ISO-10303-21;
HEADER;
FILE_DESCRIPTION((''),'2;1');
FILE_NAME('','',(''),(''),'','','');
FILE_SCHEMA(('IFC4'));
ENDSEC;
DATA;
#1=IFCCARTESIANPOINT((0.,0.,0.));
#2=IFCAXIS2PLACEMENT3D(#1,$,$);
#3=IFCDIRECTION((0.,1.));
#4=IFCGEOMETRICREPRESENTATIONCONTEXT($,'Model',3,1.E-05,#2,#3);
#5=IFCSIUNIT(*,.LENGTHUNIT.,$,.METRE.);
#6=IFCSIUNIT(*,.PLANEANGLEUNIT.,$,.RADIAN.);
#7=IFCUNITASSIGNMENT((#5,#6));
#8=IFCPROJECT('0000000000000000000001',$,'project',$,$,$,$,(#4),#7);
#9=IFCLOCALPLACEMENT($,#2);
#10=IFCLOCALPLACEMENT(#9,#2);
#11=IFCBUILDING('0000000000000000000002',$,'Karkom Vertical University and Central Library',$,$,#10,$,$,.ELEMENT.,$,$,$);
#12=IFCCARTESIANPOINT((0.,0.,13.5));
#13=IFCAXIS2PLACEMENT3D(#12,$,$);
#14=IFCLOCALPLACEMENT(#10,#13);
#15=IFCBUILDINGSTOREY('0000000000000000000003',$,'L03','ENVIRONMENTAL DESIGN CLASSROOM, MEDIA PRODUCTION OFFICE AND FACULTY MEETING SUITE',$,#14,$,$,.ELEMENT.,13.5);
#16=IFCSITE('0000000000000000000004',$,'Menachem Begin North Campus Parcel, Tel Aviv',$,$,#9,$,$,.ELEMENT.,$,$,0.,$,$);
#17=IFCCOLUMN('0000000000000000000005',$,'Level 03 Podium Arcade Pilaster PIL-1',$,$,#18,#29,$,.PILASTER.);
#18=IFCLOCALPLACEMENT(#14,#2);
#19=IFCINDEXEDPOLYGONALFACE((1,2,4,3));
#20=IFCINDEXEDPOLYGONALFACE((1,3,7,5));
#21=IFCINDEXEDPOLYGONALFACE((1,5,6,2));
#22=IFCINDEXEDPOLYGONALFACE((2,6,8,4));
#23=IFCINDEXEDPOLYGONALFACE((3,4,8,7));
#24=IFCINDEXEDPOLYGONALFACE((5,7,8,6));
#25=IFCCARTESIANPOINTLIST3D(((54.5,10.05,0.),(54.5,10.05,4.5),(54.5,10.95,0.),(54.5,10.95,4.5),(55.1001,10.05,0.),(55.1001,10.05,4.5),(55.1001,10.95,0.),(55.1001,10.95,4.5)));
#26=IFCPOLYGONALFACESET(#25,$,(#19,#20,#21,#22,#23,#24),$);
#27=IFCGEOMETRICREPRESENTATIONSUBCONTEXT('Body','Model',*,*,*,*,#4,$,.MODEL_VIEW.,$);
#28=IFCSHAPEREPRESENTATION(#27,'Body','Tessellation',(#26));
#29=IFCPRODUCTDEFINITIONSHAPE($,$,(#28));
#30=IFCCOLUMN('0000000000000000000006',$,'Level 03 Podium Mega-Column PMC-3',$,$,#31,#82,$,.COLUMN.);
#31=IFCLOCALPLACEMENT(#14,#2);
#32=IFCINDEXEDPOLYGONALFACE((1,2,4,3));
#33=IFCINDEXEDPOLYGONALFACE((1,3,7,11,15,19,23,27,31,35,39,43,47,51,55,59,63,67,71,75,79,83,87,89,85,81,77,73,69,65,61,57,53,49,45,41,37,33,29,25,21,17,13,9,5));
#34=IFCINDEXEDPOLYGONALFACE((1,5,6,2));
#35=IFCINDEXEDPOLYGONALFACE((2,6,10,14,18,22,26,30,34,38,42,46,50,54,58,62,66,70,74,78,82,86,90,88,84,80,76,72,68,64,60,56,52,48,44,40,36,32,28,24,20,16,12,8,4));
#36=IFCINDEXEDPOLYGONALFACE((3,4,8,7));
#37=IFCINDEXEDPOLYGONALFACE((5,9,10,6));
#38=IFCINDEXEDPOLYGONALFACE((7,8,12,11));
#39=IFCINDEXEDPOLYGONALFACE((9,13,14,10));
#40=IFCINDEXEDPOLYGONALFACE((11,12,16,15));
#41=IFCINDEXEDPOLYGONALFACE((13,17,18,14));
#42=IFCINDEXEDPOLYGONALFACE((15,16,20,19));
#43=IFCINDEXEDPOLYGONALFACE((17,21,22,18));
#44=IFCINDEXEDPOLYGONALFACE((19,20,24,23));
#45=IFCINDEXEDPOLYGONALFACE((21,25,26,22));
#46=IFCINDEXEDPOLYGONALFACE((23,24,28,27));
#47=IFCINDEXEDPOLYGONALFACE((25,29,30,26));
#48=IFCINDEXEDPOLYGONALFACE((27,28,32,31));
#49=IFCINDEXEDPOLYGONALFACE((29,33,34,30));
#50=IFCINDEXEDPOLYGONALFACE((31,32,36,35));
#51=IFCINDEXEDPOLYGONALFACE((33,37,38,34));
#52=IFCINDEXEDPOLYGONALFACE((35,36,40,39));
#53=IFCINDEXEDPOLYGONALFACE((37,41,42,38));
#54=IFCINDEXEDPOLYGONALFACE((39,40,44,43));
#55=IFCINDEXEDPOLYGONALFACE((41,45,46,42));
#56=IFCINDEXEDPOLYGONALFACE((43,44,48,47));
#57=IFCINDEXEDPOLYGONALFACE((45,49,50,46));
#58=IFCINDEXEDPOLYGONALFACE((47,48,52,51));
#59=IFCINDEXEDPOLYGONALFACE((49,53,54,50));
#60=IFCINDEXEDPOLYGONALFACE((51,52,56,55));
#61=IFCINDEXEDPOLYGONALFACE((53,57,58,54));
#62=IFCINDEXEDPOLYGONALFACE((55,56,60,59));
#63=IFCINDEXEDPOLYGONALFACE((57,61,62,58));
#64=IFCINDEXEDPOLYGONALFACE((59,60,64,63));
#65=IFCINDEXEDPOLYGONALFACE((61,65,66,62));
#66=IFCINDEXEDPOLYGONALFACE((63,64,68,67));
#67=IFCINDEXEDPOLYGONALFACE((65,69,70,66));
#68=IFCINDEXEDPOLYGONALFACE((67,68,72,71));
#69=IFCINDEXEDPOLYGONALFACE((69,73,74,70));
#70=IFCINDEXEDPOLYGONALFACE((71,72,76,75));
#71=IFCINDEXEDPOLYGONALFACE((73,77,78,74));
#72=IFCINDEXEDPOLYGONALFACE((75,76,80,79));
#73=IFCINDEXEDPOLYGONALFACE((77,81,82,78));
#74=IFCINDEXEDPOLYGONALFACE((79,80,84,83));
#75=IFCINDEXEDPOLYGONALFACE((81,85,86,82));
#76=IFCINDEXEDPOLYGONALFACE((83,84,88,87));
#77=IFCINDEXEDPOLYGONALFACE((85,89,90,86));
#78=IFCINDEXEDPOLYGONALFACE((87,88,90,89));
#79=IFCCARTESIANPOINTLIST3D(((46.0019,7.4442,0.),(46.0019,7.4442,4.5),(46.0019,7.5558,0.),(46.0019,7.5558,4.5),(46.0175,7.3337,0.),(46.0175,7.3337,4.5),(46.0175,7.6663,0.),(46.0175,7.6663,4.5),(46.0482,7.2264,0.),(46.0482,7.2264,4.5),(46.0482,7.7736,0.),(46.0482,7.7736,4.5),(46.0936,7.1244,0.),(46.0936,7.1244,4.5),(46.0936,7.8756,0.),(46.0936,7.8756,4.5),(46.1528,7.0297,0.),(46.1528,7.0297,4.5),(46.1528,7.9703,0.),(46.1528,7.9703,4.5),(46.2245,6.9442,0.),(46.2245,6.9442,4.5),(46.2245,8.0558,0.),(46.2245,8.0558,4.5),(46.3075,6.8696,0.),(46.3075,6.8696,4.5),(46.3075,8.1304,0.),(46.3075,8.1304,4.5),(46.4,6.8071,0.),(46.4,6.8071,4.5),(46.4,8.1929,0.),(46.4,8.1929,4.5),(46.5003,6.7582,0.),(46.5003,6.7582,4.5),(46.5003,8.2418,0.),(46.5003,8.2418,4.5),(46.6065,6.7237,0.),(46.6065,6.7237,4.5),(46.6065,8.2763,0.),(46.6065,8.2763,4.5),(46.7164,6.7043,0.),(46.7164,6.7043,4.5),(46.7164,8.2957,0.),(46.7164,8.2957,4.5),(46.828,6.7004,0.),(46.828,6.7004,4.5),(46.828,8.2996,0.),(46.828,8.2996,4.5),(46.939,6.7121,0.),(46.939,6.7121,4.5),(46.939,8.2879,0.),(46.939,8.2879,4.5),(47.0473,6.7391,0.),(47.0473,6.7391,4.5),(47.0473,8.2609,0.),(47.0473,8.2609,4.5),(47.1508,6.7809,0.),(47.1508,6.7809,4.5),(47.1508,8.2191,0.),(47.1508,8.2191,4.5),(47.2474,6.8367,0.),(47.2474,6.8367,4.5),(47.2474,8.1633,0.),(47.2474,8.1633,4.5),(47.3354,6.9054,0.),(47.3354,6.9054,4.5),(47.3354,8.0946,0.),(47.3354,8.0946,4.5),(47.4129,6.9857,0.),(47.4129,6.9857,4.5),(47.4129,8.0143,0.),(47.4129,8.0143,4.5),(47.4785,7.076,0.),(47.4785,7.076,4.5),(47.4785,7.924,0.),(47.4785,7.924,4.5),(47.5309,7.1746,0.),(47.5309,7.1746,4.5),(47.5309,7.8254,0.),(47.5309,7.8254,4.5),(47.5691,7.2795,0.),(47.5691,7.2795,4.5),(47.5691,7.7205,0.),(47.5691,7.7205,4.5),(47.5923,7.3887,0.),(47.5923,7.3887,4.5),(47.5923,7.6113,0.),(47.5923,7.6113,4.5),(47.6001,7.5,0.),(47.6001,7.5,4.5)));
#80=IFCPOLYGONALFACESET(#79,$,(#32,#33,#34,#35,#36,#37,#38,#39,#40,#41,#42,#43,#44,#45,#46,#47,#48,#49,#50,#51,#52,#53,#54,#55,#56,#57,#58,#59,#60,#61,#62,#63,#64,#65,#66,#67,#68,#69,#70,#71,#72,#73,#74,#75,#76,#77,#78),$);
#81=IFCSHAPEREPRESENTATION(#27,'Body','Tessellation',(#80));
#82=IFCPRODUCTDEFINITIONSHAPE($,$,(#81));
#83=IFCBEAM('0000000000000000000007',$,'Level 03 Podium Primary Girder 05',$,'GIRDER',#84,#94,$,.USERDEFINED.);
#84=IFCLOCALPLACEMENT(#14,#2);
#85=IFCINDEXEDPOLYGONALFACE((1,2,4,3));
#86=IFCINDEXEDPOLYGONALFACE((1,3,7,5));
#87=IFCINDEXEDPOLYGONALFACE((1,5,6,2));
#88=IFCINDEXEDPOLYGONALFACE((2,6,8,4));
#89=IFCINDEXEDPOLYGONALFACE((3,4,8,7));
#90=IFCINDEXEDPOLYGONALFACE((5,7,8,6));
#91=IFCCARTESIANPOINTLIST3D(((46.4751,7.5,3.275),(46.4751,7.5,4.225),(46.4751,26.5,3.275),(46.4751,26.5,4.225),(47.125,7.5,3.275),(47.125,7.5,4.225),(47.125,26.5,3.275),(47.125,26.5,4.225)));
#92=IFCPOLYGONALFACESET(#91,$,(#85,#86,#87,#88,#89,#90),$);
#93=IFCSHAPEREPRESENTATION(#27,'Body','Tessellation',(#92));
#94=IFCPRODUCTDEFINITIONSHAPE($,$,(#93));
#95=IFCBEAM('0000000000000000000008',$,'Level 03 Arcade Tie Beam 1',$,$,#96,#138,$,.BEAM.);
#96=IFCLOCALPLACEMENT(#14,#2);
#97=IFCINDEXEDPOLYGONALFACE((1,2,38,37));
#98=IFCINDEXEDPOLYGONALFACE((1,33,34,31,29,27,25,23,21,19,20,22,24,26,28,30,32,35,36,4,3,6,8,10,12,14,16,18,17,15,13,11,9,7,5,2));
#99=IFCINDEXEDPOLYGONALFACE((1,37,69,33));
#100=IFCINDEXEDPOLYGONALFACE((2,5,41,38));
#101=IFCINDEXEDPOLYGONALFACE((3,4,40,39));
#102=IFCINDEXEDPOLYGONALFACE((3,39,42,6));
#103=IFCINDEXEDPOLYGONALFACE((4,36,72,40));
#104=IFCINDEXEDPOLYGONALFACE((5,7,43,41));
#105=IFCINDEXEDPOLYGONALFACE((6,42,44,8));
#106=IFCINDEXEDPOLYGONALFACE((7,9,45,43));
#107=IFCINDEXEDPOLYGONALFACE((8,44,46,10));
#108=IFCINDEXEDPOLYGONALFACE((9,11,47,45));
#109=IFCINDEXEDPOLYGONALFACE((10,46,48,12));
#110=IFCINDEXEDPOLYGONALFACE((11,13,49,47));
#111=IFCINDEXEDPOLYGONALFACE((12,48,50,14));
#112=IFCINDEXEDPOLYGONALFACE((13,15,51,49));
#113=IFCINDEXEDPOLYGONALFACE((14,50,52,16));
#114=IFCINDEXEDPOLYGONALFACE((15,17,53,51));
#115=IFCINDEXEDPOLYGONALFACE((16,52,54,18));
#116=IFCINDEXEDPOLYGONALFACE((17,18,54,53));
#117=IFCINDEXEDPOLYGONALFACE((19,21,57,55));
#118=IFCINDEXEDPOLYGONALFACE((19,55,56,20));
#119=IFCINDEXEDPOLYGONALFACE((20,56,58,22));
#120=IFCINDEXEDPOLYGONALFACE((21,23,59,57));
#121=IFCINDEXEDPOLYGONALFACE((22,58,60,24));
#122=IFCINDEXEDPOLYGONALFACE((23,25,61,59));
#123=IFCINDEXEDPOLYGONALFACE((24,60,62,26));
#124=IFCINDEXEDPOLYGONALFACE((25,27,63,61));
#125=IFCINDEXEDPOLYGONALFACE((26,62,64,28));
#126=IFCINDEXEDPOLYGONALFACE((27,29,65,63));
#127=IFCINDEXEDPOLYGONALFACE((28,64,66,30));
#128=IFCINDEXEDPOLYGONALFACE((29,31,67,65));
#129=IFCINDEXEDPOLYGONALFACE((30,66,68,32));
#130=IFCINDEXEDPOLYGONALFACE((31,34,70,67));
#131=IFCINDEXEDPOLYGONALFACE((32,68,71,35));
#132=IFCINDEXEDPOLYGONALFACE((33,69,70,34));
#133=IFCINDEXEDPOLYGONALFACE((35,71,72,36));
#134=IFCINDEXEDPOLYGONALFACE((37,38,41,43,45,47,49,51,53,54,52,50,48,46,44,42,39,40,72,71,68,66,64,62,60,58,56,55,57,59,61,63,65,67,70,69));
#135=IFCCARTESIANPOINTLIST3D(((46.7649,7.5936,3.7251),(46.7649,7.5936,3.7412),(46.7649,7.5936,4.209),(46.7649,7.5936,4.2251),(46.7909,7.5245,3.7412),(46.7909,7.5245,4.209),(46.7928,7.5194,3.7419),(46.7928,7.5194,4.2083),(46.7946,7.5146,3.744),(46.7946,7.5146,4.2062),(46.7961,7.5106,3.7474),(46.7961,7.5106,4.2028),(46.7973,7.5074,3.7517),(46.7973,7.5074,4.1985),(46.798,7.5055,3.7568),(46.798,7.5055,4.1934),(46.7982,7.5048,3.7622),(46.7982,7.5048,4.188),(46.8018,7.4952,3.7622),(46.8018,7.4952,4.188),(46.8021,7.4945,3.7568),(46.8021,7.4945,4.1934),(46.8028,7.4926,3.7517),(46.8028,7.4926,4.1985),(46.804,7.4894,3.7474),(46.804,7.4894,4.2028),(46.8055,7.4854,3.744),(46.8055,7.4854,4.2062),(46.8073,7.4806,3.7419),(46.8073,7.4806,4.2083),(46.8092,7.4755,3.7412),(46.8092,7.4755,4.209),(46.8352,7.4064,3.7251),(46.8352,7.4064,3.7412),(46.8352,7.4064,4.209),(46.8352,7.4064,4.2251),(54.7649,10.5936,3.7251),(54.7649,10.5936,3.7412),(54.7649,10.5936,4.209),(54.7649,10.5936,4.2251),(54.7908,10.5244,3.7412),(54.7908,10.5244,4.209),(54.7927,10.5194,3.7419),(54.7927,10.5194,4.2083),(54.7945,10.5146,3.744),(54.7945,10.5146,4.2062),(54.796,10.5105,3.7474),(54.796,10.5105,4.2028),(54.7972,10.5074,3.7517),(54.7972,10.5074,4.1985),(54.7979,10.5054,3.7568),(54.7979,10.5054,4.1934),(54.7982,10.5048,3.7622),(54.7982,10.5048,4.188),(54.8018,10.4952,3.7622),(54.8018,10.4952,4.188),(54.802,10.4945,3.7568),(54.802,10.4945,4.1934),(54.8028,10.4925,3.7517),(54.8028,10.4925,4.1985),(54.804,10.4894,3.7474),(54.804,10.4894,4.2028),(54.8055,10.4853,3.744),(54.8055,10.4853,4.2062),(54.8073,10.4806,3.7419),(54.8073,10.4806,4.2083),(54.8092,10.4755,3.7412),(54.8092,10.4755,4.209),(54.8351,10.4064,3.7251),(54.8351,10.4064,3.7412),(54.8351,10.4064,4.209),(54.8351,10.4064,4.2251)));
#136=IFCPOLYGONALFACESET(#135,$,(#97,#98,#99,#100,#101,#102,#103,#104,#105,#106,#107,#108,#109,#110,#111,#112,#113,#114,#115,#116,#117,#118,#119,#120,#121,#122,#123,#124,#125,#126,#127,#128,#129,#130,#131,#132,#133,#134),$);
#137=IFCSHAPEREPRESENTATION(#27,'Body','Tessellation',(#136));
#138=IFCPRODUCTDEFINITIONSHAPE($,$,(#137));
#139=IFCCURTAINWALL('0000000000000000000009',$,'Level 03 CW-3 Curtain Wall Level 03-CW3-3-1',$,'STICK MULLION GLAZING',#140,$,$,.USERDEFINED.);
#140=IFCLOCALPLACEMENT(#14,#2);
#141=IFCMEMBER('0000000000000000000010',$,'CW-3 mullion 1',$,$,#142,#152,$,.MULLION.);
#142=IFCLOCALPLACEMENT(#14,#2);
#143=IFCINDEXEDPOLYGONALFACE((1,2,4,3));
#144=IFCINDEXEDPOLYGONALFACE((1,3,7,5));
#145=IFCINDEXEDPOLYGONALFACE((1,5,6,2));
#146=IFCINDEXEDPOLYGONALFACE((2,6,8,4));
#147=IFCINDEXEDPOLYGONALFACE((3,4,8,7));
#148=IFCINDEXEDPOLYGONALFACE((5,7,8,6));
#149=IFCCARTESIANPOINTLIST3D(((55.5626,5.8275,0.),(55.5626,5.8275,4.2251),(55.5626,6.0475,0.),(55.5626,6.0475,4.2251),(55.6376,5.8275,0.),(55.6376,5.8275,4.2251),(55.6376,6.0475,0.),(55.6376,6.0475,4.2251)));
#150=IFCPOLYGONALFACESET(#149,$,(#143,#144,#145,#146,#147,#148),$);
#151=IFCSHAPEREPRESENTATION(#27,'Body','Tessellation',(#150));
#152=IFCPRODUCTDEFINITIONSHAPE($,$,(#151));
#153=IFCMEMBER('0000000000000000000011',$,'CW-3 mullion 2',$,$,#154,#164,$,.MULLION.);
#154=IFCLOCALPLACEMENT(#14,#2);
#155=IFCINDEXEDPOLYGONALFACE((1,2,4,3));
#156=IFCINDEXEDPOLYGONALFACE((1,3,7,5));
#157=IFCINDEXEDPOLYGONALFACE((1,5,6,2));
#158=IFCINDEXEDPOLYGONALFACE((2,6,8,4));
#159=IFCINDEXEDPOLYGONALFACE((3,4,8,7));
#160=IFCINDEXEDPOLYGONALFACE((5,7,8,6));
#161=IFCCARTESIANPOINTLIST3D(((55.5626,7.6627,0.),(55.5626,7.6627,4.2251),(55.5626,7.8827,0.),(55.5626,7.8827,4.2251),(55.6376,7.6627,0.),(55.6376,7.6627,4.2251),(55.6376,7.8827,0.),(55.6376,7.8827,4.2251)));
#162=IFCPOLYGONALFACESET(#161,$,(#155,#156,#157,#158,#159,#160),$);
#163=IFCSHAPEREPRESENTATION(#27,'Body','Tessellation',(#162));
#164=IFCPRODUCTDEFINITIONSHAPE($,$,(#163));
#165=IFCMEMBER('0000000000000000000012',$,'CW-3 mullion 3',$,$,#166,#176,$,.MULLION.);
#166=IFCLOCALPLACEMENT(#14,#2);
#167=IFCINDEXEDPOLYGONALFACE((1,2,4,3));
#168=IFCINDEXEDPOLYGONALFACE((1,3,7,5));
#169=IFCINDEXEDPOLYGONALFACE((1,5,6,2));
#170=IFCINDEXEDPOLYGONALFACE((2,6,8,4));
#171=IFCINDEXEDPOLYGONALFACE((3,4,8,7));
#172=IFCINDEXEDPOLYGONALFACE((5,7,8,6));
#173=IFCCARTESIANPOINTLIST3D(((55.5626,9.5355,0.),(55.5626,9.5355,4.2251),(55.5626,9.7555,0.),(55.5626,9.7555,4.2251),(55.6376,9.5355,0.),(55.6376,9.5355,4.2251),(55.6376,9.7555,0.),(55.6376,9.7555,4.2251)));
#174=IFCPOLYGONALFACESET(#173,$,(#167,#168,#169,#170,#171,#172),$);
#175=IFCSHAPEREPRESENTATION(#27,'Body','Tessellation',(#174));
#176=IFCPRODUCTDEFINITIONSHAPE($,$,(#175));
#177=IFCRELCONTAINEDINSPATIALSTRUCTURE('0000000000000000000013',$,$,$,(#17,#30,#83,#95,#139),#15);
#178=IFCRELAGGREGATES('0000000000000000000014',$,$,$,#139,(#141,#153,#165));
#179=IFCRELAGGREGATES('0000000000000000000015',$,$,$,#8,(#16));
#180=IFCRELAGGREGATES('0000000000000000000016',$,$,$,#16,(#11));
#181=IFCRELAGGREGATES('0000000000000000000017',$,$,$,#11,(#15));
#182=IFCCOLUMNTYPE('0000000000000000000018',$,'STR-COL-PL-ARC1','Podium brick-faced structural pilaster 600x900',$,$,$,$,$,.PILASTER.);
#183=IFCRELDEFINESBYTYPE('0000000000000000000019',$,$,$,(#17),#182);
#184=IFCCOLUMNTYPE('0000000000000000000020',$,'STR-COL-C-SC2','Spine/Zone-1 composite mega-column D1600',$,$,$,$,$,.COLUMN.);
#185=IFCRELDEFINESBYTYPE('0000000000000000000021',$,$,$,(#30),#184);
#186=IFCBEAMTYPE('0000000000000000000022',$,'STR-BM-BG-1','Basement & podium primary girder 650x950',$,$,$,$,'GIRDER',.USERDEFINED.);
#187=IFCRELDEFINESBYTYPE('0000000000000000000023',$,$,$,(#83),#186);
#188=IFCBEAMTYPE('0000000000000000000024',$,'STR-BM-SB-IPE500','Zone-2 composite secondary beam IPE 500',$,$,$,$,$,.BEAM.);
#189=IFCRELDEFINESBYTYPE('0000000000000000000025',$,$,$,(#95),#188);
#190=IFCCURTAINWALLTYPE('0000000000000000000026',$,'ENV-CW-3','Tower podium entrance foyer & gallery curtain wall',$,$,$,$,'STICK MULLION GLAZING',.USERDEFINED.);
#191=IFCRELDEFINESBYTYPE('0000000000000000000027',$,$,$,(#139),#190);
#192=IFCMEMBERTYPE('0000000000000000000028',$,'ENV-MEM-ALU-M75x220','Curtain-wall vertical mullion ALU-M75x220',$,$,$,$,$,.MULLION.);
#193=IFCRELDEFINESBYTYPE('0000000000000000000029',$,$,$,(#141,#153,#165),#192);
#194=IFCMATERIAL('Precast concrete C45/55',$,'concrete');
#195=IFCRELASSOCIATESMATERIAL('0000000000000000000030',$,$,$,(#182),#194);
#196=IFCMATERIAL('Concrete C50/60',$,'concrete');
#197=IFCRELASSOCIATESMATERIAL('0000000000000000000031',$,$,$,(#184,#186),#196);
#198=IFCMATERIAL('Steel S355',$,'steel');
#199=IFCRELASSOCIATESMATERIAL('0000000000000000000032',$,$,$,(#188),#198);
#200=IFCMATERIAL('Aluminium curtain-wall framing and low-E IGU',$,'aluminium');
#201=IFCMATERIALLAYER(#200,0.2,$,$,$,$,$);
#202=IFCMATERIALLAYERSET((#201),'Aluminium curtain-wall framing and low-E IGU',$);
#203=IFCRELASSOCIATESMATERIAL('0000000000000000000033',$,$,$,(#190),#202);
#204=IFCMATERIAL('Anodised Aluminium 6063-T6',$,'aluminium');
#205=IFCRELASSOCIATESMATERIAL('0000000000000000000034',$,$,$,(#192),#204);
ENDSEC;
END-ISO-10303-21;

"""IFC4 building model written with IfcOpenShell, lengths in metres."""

from ifc_helpers import new_model, si_unit, direction, frame, origin, origin_with_axes, origin_2d, place, context, subcontext, project, spatial, rectangle, circle, i_section, extrude, source, transform, mapped, material, layer, layer_set, material_profile, profile_set, type_object, element, aggregate, save


model = new_model("IFC4")

# Units and contexts
model_context = context("Model", 3, precision=1e-05, world=origin(), true_north=direction((0.0, 1.0)))
body_context = subcontext(model_context, "Body", "Model", "MODEL_VIEW")
ifc_project = project(units=[si_unit("LENGTHUNIT", "METRE"), si_unit("PLANEANGLEUNIT", "RADIAN")], contexts=[model_context])

# Site, building, storey
site_placement = place(None, origin())
site = spatial("IfcSite", under=ifc_project, at=site_placement, Name="Menachem Begin North Campus Parcel, Tel Aviv", CompositionType="ELEMENT", RefElevation=0.0)
building_placement = place(site_placement, origin())
building = spatial("IfcBuilding", under=site, at=building_placement, Name="Karkom Vertical University and Central Library", CompositionType="ELEMENT")
storey_placement = place(building_placement, frame((0.0, 0.0, 13.5)))
storey = spatial("IfcBuildingStorey", under=building, at=storey_placement, Name="L03", Description="ENVIRONMENTAL DESIGN CLASSROOM, MEDIA PRODUCTION OFFICE AND FACULTY MEETING SUITE", CompositionType="ELEMENT", Elevation=13.5)

# Columns
ifc_material_1 = material(Name="Precast concrete C45/55", Category="concrete")
ifc_material_profile_1 = material_profile(ifc_material_1, rectangle(XDim=0.6001, YDim=0.8999, at=origin_2d()), Name="PIL-600x900")
ifc_profile_set_1 = profile_set([ifc_material_profile_1], Name="Precast concrete C45/55")
column_type_1 = type_object("IfcColumnType", Name="STR-COL-PL-ARC1", Description="Podium brick-faced structural pilaster 600x900", PredefinedType="PILASTER", material=ifc_profile_set_1)
shared_shape_1 = source(origin_with_axes(), body_context, "Body", "SweptSolid", [
    extrude(rectangle(XDim=0.6001, YDim=0.8999, at=origin_2d()), origin(), (0.0, 0.0, 1.0), 4.5),
])
column_1_placement = place(storey_placement, frame((54.8, 10.5, 0.0), z_axis=(0.0, 0.0, 1.0), x_axis=(1.0, 0.0, 0.0)))
element("IfcColumn", 1, at=column_1_placement, inside=storey, type_object=column_type_1, Name="Level 03 Podium Arcade Pilaster PIL-1", PredefinedType="PILASTER", context=body_context, shape_type="MappedRepresentation", body=[
    mapped(shared_shape_1, transform((0.0, 0.0, 0.0), scale=1.0)),
])
ifc_material_2 = material(Name="Concrete C50/60", Category="concrete")
ifc_material_profile_2 = material_profile(ifc_material_2, circle(Radius=0.8, at=origin_2d()), Name="CFT-D1600")
ifc_profile_set_2 = profile_set([ifc_material_profile_2], Name="Concrete C50/60")
column_type_2 = type_object("IfcColumnType", Name="STR-COL-C-SC2", Description="Spine/Zone-1 composite mega-column D1600", PredefinedType="COLUMN", material=ifc_profile_set_2)
shared_shape_2 = source(origin_with_axes(), body_context, "Body", "SweptSolid", [
    extrude(circle(Radius=0.8, at=origin_2d()), origin(), (0.0, 0.0, 1.0), 4.5),
])
column_2_placement = place(storey_placement, frame((46.8, 7.5, 0.0), z_axis=(0.0, 0.0, 1.0), x_axis=(1.0, 0.0, 0.0)))
element("IfcColumn", 2, at=column_2_placement, inside=storey, type_object=column_type_2, Name="Level 03 Podium Mega-Column PMC-3", PredefinedType="COLUMN", context=body_context, shape_type="MappedRepresentation", body=[
    mapped(shared_shape_2, transform((0.0, 0.0, 0.0), scale=1.0)),
])

# Beams
ifc_material_profile_3 = material_profile(ifc_material_2, rectangle(XDim=0.6499, YDim=0.95, at=origin_2d()), Name="RCG-650x950")
ifc_profile_set_3 = profile_set([ifc_material_profile_3], Name="Concrete C50/60")
beam_type_1 = type_object("IfcBeamType", Name="STR-BM-BG-1", Description="Basement & podium primary girder 650x950", ElementType="GIRDER", PredefinedType="USERDEFINED", material=ifc_profile_set_3)
shared_shape_3 = source(origin_with_axes(), body_context, "Body", "SweptSolid", [
    extrude(rectangle(XDim=0.6499, YDim=0.95, at=origin_2d()), origin(), (0.0, 0.0, 1.0), 19.0),
])
beam_1_placement = place(storey_placement, frame((46.8, 7.5, 3.75), z_axis=(0.0, 1.0, 0.0), x_axis=(-1.0, 0.0, 0.0)))
element("IfcBeam", 3, at=beam_1_placement, inside=storey, type_object=beam_type_1, Name="Level 03 Podium Primary Girder 05", ObjectType="GIRDER", PredefinedType="USERDEFINED", context=body_context, shape_type="MappedRepresentation", body=[
    mapped(shared_shape_3, transform((0.0, 0.0, 0.0), scale=1.0)),
])
ifc_material_3 = material(Name="Steel S355", Category="steel")
ifc_material_profile_4 = material_profile(ifc_material_3, i_section(OverallWidth=0.2, OverallDepth=0.5, WebThickness=0.0103, FlangeThickness=0.0161, FilletRadius=0.021, at=origin_2d()), Name="IPE 500")
ifc_profile_set_4 = profile_set([ifc_material_profile_4], Name="Steel S355")
beam_type_2 = type_object("IfcBeamType", Name="STR-BM-SB-IPE500", Description="Zone-2 composite secondary beam IPE 500", PredefinedType="BEAM", material=ifc_profile_set_4)
shared_shape_4 = source(origin_with_axes(), body_context, "Body", "SweptSolid", [
    extrude(i_section(OverallWidth=0.2, OverallDepth=0.5, WebThickness=0.0103, FlangeThickness=0.0161, FilletRadius=0.021, at=origin_2d()), origin(), (0.0, 0.0, 1.0), 8.5439),
])
beam_2_placement = place(storey_placement, frame((46.8, 7.5, 3.9751), z_axis=(0.936329, 0.351123, 0.0), x_axis=(-0.351123, 0.936329, 0.0)))
element("IfcBeam", 4, at=beam_2_placement, inside=storey, type_object=beam_type_2, Name="Level 03 Arcade Tie Beam 1", PredefinedType="BEAM", context=body_context, shape_type="MappedRepresentation", body=[
    mapped(shared_shape_4, transform((0.0, 0.0, 0.0), scale=1.0)),
])

# Curtain wall, members
ifc_material_4 = material(Name="Aluminium curtain-wall framing and low-E IGU", Category="aluminium")
ifc_layer_1 = layer(ifc_material_4, 0.2)
ifc_layer_set_1 = layer_set([ifc_layer_1], Name="Aluminium curtain-wall framing and low-E IGU")
curtain_wall_type = type_object("IfcCurtainWallType", Name="ENV-CW-3", Description="Tower podium entrance foyer & gallery curtain wall", ElementType="STICK MULLION GLAZING", PredefinedType="USERDEFINED", material=ifc_layer_set_1)
curtain_wall_placement = place(storey_placement, origin())
curtain_wall = element("IfcCurtainWall", 5, at=curtain_wall_placement, inside=storey, type_object=curtain_wall_type, Name="Level 03 CW-3 Curtain Wall Level 03-CW3-3-1", ObjectType="STICK MULLION GLAZING", PredefinedType="USERDEFINED")
ifc_material_5 = material(Name="Anodised Aluminium 6063-T6", Category="aluminium")
ifc_material_profile_5 = material_profile(ifc_material_5, rectangle(XDim=0.075, YDim=0.22, at=origin_2d()), Name="ALU-M75x220")
ifc_profile_set_5 = profile_set([ifc_material_profile_5], Name="Anodised Aluminium 6063-T6")
member_type_1 = type_object("IfcMemberType", Name="ENV-MEM-ALU-M75x220", Description="Curtain-wall vertical mullion ALU-M75x220", PredefinedType="MULLION", material=ifc_profile_set_5)
shared_shape_5 = source(origin_with_axes(), body_context, "Body", "SweptSolid", [
    extrude(rectangle(XDim=0.075, YDim=0.22, at=origin_2d()), origin(), (0.0, 0.0, 1.0), 4.2251),
])
member_1_placement = place(storey_placement, frame((55.6001, 5.9375, 0.0), z_axis=(0.0, 0.0, 1.0), x_axis=(-1.0, 0.0, 0.0)))
member_1 = element("IfcMember", 6, at=member_1_placement, type_object=member_type_1, Name="CW-3 mullion 1", PredefinedType="MULLION", context=body_context, shape_type="MappedRepresentation", body=[
    mapped(shared_shape_5, transform((0.0, 0.0, 0.0), scale=1.0)),
])
member_2_placement = place(storey_placement, frame((55.6001, 7.7727, 0.0), z_axis=(0.0, 0.0, 1.0), x_axis=(-1.0, 0.0, 0.0)))
member_2 = element("IfcMember", 7, at=member_2_placement, type_object=member_type_1, Name="CW-3 mullion 2", PredefinedType="MULLION", context=body_context, shape_type="MappedRepresentation", body=[
    mapped(shared_shape_5, transform((0.0, 0.0, 0.0), scale=1.0)),
])
member_3_placement = place(storey_placement, frame((55.6001, 9.6455, 0.0), z_axis=(0.0, 0.0, 1.0), x_axis=(-1.0, 0.0, 0.0)))
member_3 = element("IfcMember", 8, at=member_3_placement, type_object=member_type_1, Name="CW-3 mullion 3", PredefinedType="MULLION", context=body_context, shape_type="MappedRepresentation", body=[
    mapped(shared_shape_5, transform((0.0, 0.0, 0.0), scale=1.0)),
])
aggregate(curtain_wall, [member_1, member_2, member_3])

save(model, "model.ifc")
